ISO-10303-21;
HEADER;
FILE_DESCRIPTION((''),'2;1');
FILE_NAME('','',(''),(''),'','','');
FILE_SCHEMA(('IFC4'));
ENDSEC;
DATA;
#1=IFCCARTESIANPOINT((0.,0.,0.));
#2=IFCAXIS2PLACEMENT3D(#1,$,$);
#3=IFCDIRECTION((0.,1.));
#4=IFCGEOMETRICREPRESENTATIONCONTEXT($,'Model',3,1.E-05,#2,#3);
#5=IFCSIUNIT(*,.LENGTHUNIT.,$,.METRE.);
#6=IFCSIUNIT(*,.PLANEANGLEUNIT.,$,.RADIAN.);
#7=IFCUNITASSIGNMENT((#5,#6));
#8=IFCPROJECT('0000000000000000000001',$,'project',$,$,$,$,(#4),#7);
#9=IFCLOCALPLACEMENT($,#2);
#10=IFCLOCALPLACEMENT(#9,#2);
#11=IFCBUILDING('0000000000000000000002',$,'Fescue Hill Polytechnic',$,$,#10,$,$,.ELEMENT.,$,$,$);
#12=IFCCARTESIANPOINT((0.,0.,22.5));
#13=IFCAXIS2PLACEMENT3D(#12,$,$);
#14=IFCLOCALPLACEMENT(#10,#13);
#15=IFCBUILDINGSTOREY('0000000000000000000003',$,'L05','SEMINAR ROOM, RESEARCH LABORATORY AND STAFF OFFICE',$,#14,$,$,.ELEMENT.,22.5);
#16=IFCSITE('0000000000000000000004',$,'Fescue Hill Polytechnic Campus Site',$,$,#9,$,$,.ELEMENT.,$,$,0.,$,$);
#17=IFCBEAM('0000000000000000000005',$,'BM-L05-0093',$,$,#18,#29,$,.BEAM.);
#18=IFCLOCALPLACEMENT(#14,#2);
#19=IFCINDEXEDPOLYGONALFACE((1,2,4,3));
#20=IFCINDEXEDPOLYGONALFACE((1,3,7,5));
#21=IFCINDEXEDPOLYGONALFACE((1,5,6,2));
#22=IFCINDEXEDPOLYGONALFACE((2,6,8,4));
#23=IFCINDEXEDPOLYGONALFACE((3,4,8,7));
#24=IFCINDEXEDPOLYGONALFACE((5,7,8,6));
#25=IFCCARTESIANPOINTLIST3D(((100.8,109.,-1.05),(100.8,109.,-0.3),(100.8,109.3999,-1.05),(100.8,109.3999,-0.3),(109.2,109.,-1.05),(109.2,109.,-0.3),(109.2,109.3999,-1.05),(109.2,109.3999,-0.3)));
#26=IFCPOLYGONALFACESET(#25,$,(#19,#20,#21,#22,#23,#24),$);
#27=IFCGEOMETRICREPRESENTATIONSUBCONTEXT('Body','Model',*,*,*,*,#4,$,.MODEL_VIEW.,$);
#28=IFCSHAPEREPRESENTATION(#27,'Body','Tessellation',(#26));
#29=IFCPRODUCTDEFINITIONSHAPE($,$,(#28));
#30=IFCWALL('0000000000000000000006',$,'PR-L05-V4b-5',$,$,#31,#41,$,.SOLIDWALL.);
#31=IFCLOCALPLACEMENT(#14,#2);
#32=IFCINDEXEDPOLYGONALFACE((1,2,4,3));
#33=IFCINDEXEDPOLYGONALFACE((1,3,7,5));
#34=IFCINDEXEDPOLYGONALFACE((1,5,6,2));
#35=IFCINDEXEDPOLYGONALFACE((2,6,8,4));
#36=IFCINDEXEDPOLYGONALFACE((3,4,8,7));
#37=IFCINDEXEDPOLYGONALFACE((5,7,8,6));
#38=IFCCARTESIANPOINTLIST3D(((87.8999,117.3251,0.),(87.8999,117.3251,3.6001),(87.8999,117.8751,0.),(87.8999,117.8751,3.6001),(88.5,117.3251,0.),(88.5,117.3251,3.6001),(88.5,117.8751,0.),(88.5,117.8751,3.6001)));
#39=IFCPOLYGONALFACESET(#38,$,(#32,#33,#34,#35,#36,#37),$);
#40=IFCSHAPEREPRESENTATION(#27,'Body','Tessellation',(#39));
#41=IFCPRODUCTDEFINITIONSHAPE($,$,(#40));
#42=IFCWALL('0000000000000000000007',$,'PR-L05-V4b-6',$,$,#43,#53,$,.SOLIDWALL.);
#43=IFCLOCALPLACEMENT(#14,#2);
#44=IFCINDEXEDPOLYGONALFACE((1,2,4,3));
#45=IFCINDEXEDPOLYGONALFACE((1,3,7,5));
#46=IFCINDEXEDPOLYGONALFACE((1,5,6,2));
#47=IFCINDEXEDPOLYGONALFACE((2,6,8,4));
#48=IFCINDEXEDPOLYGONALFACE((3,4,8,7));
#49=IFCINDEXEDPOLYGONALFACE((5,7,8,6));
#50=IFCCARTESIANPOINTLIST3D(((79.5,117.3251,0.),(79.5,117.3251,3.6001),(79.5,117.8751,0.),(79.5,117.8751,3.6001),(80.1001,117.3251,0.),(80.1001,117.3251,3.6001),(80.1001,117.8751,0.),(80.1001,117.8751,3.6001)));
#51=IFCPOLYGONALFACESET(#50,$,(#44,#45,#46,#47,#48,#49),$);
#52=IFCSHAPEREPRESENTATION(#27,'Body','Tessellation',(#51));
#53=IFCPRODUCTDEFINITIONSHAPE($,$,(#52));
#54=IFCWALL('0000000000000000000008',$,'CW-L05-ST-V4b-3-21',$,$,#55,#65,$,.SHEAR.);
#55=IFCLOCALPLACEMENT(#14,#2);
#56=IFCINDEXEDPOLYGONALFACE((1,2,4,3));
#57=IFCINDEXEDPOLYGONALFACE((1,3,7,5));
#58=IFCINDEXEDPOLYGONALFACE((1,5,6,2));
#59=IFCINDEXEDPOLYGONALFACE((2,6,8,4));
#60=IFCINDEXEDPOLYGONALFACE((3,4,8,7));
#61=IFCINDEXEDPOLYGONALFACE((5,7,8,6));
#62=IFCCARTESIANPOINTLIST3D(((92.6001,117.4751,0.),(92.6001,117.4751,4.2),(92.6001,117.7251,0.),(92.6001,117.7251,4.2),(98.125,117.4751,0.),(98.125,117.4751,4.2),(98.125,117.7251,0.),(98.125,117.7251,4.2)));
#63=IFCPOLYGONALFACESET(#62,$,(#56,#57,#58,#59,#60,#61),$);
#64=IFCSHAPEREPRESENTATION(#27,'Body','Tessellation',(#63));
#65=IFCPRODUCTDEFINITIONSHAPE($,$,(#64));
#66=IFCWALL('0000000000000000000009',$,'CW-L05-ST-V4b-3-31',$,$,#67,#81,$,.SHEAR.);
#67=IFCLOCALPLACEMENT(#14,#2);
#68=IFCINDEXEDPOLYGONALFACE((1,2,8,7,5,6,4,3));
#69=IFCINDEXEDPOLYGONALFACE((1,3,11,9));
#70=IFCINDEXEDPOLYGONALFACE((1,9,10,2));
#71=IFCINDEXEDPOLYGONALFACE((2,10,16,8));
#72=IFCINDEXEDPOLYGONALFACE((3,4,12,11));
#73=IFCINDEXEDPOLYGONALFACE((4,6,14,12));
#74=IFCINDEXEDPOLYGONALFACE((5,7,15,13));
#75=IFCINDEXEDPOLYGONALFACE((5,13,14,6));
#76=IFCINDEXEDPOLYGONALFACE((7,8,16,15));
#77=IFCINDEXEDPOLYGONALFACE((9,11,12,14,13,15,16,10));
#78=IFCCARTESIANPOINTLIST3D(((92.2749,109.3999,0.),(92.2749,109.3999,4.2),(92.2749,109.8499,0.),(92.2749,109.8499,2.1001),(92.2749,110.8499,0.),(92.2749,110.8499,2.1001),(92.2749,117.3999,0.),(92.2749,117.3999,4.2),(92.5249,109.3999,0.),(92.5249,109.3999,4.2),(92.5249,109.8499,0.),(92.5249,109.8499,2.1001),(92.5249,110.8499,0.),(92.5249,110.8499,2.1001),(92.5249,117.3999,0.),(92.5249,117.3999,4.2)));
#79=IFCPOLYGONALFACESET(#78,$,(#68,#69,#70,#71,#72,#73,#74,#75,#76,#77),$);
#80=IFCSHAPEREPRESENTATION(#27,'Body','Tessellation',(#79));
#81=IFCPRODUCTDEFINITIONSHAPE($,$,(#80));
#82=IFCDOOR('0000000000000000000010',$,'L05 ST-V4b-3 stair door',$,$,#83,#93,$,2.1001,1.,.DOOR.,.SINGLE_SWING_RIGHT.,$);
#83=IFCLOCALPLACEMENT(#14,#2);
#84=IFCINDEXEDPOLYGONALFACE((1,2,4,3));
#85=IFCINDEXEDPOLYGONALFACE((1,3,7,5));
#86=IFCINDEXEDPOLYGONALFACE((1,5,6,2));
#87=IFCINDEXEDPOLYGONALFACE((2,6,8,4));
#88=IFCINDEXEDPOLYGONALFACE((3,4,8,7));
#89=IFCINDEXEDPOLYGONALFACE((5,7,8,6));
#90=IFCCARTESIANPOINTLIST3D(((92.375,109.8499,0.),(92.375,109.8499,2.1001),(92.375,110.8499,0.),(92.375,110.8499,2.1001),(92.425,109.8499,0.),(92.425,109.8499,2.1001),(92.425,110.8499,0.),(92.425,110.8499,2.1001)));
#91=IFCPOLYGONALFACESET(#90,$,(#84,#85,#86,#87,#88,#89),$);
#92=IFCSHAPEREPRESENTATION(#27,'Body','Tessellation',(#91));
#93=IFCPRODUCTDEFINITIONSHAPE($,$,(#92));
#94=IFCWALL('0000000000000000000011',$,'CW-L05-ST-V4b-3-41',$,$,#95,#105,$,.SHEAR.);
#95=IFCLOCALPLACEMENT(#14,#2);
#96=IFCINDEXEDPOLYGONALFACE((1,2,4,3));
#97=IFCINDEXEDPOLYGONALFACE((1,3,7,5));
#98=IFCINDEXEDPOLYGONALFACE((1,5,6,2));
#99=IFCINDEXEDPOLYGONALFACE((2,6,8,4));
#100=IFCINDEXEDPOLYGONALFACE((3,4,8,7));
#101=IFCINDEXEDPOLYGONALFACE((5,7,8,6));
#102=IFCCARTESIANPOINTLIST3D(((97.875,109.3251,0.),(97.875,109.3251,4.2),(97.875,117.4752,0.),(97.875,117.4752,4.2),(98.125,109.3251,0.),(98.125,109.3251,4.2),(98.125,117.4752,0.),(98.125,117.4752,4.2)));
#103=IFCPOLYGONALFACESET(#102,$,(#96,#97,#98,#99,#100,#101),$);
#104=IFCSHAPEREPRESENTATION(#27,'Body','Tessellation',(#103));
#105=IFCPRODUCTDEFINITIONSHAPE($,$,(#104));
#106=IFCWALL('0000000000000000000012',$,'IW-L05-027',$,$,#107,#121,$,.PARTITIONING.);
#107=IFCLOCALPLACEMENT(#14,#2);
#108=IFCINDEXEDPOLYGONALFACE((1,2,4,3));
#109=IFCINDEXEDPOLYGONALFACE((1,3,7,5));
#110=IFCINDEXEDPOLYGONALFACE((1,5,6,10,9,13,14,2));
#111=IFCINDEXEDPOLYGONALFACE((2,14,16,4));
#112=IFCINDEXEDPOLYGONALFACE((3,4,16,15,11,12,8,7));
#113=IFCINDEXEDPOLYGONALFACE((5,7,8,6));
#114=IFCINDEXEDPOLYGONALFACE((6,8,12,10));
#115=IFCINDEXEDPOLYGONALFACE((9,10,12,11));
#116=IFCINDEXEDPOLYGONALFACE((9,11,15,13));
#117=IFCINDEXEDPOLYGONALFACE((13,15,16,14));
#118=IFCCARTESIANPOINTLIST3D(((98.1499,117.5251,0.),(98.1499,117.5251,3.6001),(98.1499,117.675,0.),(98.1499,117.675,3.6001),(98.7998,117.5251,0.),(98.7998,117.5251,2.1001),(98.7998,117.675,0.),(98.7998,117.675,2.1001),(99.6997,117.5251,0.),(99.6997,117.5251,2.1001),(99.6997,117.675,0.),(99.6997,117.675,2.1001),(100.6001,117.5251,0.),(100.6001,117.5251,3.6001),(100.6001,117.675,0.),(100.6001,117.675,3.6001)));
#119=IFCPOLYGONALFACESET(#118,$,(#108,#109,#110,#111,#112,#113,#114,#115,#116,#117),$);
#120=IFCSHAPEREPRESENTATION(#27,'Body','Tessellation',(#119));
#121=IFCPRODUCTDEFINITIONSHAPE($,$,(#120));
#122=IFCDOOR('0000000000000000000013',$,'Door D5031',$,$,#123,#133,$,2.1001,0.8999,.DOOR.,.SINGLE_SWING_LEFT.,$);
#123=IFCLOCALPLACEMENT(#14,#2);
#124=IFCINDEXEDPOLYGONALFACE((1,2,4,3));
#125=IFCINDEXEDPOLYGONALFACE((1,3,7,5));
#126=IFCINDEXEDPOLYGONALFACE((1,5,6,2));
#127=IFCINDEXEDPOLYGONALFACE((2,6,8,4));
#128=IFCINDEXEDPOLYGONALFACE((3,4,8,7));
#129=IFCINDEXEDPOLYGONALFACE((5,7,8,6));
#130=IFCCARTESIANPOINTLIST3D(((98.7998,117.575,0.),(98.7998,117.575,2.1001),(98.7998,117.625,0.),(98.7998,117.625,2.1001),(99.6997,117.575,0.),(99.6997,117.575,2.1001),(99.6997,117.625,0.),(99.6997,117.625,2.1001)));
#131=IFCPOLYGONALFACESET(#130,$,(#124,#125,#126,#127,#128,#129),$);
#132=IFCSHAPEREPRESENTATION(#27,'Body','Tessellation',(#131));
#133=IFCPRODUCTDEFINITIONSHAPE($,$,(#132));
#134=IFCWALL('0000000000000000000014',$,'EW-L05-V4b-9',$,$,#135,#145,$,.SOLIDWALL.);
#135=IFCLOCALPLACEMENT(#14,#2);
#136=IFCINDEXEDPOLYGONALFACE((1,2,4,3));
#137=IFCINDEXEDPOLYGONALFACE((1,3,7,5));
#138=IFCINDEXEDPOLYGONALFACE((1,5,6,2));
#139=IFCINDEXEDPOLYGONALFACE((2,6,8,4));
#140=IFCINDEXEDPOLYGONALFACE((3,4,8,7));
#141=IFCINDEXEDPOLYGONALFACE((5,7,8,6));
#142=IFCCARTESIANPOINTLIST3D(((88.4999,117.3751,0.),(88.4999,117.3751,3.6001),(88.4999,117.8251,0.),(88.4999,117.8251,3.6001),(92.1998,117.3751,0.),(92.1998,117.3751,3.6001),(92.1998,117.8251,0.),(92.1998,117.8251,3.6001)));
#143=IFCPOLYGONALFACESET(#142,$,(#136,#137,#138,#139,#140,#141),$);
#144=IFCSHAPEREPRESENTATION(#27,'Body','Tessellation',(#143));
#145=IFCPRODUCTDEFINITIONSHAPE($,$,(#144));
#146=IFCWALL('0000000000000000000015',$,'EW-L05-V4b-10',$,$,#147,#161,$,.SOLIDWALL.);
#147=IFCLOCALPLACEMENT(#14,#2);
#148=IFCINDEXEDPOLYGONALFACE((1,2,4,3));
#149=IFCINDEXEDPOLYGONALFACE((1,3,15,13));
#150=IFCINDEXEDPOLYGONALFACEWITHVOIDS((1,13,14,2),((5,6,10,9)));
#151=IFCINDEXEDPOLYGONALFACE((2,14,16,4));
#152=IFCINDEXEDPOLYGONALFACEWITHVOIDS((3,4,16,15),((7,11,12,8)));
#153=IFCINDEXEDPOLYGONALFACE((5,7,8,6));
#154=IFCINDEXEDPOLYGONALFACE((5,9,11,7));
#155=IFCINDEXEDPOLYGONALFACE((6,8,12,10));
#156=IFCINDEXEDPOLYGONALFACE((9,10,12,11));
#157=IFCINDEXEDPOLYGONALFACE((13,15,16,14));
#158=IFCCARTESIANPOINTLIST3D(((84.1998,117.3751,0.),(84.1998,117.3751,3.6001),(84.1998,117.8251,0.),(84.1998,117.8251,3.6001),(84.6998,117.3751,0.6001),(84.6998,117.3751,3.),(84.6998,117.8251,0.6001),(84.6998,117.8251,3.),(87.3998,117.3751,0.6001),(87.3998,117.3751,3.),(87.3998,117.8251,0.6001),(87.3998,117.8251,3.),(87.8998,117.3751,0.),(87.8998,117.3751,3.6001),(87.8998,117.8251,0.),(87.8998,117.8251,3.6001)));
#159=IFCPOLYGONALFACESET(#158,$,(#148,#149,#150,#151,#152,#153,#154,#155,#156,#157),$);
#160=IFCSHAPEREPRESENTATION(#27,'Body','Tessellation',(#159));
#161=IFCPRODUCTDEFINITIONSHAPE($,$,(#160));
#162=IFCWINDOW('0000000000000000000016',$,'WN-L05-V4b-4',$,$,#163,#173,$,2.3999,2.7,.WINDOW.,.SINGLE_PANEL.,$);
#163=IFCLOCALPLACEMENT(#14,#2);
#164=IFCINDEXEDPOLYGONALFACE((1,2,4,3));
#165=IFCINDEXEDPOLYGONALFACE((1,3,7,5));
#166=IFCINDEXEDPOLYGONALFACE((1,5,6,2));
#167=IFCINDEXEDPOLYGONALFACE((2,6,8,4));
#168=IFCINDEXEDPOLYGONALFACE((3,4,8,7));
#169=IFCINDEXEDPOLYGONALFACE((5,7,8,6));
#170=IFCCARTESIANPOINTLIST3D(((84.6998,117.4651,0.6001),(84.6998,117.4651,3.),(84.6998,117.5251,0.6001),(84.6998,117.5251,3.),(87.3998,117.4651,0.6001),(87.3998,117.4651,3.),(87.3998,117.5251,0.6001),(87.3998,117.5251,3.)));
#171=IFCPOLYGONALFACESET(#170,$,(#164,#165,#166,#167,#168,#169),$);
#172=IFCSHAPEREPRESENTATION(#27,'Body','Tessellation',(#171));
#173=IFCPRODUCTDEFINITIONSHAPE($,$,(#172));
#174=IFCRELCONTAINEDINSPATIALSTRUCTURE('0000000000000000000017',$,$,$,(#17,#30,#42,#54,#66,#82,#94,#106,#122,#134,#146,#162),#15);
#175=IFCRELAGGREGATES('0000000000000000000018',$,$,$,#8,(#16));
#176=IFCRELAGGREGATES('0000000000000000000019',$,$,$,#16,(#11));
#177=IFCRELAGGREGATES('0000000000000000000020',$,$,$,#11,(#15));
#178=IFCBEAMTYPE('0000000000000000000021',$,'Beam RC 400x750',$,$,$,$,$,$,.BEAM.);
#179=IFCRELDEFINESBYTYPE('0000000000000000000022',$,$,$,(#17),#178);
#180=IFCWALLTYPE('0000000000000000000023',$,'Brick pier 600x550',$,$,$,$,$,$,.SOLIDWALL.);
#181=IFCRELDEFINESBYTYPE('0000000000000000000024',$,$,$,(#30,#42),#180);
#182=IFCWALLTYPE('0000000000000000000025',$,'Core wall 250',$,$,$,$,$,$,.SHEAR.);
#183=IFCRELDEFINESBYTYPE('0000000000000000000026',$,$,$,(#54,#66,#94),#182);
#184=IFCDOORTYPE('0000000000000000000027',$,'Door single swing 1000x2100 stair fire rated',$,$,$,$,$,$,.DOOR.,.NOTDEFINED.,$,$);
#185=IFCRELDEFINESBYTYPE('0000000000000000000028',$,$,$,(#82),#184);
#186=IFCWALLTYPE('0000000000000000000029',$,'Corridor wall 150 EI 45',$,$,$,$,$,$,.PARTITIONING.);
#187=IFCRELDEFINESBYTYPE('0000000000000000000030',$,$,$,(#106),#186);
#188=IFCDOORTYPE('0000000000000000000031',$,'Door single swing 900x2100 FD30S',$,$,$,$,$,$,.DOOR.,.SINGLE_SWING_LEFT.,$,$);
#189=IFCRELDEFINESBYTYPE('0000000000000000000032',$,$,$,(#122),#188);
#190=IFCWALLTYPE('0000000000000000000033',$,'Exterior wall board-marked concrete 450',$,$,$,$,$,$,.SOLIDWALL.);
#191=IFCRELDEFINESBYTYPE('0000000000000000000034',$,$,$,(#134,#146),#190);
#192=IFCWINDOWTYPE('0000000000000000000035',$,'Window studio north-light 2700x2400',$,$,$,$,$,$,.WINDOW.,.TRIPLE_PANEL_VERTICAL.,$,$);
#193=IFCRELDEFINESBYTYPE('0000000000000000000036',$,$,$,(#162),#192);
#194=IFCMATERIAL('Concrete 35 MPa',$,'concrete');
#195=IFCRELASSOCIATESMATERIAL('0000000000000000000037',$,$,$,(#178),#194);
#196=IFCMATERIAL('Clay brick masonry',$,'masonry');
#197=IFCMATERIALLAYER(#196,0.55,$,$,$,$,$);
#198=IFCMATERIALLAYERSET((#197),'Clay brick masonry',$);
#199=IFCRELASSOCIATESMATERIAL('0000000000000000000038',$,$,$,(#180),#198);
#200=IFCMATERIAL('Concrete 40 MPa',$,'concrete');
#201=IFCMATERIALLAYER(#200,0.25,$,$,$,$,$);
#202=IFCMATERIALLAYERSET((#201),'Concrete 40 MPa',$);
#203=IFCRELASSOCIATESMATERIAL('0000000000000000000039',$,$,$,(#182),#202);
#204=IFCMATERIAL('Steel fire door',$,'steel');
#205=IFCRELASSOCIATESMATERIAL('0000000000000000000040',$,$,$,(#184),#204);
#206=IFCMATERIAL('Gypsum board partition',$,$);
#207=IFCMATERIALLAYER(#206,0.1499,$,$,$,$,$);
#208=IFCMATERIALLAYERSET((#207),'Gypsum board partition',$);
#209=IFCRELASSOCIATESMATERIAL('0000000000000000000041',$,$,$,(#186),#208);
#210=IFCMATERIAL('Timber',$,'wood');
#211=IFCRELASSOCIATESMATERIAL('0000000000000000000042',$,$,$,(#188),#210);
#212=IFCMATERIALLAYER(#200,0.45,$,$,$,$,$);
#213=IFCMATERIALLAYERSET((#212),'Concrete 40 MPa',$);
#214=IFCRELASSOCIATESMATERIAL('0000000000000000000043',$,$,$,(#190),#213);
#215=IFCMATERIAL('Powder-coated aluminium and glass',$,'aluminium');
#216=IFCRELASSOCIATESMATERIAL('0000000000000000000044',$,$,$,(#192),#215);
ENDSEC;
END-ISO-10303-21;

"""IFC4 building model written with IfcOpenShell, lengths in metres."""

from ifc_helpers import new_model, si_unit, direction, frame, frame_2d, origin, origin_2d, place, context, subcontext, project, spatial, rectangle, extrude, material, layer, layer_set, material_profile, profile_set, type_object, element, fill, save


model = new_model("IFC4")

# Units and contexts
model_context = context("Model", 3, precision=1e-05, world=origin(), true_north=direction((0.0, 1.0)))
body_context = subcontext(model_context, "Body", "Model", "MODEL_VIEW")
ifc_project = project(units=[si_unit("LENGTHUNIT", "METRE"), si_unit("PLANEANGLEUNIT", "RADIAN")], contexts=[model_context])

# Site, building, storey
site_placement = place(None, origin())
site = spatial("IfcSite", under=ifc_project, at=site_placement, Name="Fescue Hill Polytechnic Campus Site", CompositionType="ELEMENT", RefElevation=0.0)
building_placement = place(site_placement, origin())
building = spatial("IfcBuilding", under=site, at=building_placement, Name="Fescue Hill Polytechnic", CompositionType="ELEMENT")
storey_placement = place(building_placement, frame((0.0, 0.0, 22.5)))
storey = spatial("IfcBuildingStorey", under=building, at=storey_placement, Name="L05", Description="SEMINAR ROOM, RESEARCH LABORATORY AND STAFF OFFICE", CompositionType="ELEMENT", Elevation=22.5)

# Shared definitions
ifc_material_1 = material(Name="Concrete 40 MPa", Category="concrete")

# Beam
ifc_material_2 = material(Name="Concrete 35 MPa", Category="concrete")
ifc_material_profile_1 = material_profile(ifc_material_2, rectangle(XDim=0.3999, YDim=0.75, at=origin_2d()), Name="RC 400x750")
ifc_profile_set_1 = profile_set([ifc_material_profile_1], Name="Concrete 35 MPa")
beam_type_1 = type_object("IfcBeamType", Name="Beam RC 400x750", PredefinedType="BEAM", material=ifc_profile_set_1)
beam_1_placement = place(storey_placement, frame((100.8, 109.2, -0.675), z_axis=(1.0, 0.0, 0.0), x_axis=(0.0, 1.0, 0.0)))
element("IfcBeam", 1, at=beam_1_placement, inside=storey, type_object=beam_type_1, Name="BM-L05-0093", PredefinedType="BEAM", context=body_context, shape_type="SweptSolid", body=[
    extrude(rectangle(XDim=0.3999, YDim=0.75, at=origin_2d()), origin(), (0.0, 0.0, 1.0), 8.3999),
])

# Walls
ifc_material_3 = material(Name="Clay brick masonry", Category="masonry")
ifc_layer_1 = layer(ifc_material_3, 0.55)
ifc_layer_set_1 = layer_set([ifc_layer_1], Name="Clay brick masonry")
wall_type_1 = type_object("IfcWallType", Name="Brick pier 600x550", PredefinedType="SOLIDWALL", material=ifc_layer_set_1)
for number, where, z_axis, x_axis, name in (
    (2, (88.5, 117.6001, 0.0), (0.0, 0.0, 1.0), (-1.0, 0.0, 0.0), "PR-L05-V4b-5"),
    (3, (80.1001, 117.6001, 0.0), (0.0, 0.0, 1.0), (-1.0, 0.0, 0.0), "PR-L05-V4b-6"),
):
    element("IfcWall", number, at=place(storey_placement, frame(where, z_axis=z_axis, x_axis=x_axis)), inside=storey, type_object=wall_type_1, Name=name, PredefinedType="SOLIDWALL", context=body_context, shape_type="SweptSolid", body=[
        extrude(rectangle(XDim=0.6001, YDim=0.55, at=frame_2d((0.3, 0.0))), origin(), (0.0, 0.0, 1.0), 3.6001),
    ])
ifc_layer_2 = layer(ifc_material_1, 0.25)
ifc_layer_set_2 = layer_set([ifc_layer_2], Name="Concrete 40 MPa")
wall_type_2 = type_object("IfcWallType", Name="Core wall 250", PredefinedType="SHEAR", material=ifc_layer_set_2)
wall_1_placement = place(storey_placement, frame((92.6001, 117.6001, 0.0), z_axis=(0.0, 0.0, 1.0), x_axis=(1.0, 0.0, 0.0)))
element("IfcWall", 4, at=wall_1_placement, inside=storey, type_object=wall_type_2, Name="CW-L05-ST-V4b-3-21", PredefinedType="SHEAR", context=body_context, shape_type="SweptSolid", body=[
    extrude(rectangle(XDim=5.5249, YDim=0.25, at=frame_2d((2.7625, 0.0))), origin(), (0.0, 0.0, 1.0), 4.2),
])

# Wall, opening, door
wall_2_placement = place(storey_placement, frame((92.3999, 109.3999, 0.0), z_axis=(0.0, 0.0, 1.0), x_axis=(0.0, 1.0, 0.0)))
wall_2 = element("IfcWall", 5, at=wall_2_placement, inside=storey, type_object=wall_type_2, Name="CW-L05-ST-V4b-3-31", PredefinedType="SHEAR", context=body_context, shape_type="SweptSolid", body=[
    extrude(rectangle(XDim=8.0, YDim=0.25, at=frame_2d((4.0, 0.0))), origin(), (0.0, 0.0, 1.0), 4.2),
])
opening_1_placement = place(wall_2_placement, frame((0.45, 0.0, 0.0)))
opening_1 = element("IfcOpeningElement", 6, at=opening_1_placement, cuts=wall_2, PredefinedType="OPENING", context=body_context, shape_type="SweptSolid", body=[
    extrude(rectangle(XDim=1.0, YDim=2.1001, at=frame_2d((0.5, 1.05))), frame((0.0, 0.135, 0.0), z_axis=(0.0, -1.0, 0.0), x_axis=(1.0, 0.0, 0.0)), (0.0, 0.0, 1.0), 0.27),
])
ifc_material_4 = material(Name="Steel fire door", Category="steel")
door_type_1 = type_object("IfcDoorType", Name="Door single swing 1000x2100 stair fire rated", OperationType="NOTDEFINED", PredefinedType="DOOR", material=ifc_material_4)
door_1_placement = place(opening_1_placement, origin())
door_1 = element("IfcDoor", 7, at=door_1_placement, inside=storey, type_object=door_type_1, Name="L05 ST-V4b-3 stair door", OperationType="SINGLE_SWING_RIGHT", OverallHeight=2.1001, OverallWidth=1.0, PredefinedType="DOOR", context=body_context, shape_type="SweptSolid", body=[
    extrude(rectangle(XDim=1.0, YDim=2.1001, at=frame_2d((0.5, 1.05))), frame((0.0, 0.0249, 0.0), z_axis=(0.0, -1.0, 0.0), x_axis=(1.0, 0.0, 0.0)), (0.0, 0.0, 1.0), 0.05),
])
fill(opening_1, door_1)

# Wall
wall_3_placement = place(storey_placement, frame((98.0, 109.325, 0.0), z_axis=(0.0, 0.0, 1.0), x_axis=(0.0, 1.0, 0.0)))
element("IfcWall", 8, at=wall_3_placement, inside=storey, type_object=wall_type_2, Name="CW-L05-ST-V4b-3-41", PredefinedType="SHEAR", context=body_context, shape_type="SweptSolid", body=[
    extrude(rectangle(XDim=8.1501, YDim=0.25, at=frame_2d((4.0752, 0.0))), origin(), (0.0, 0.0, 1.0), 4.2),
])

# Wall, opening, door
ifc_material_5 = material(Name="Gypsum board partition")
ifc_layer_3 = layer(ifc_material_5, 0.1499)
ifc_layer_set_3 = layer_set([ifc_layer_3], Name="Gypsum board partition")
wall_type_3 = type_object("IfcWallType", Name="Corridor wall 150 EI 45", PredefinedType="PARTITIONING", material=ifc_layer_set_3)
wall_4_placement = place(storey_placement, frame((98.1499, 117.6001, 0.0), z_axis=(0.0, 0.0, 1.0), x_axis=(1.0, 0.0, 0.0)))
wall_4 = element("IfcWall", 9, at=wall_4_placement, inside=storey, type_object=wall_type_3, Name="IW-L05-027", PredefinedType="PARTITIONING", context=body_context, shape_type="SweptSolid", body=[
    extrude(rectangle(XDim=2.4502, YDim=0.1499, at=frame_2d((1.2251, 0.0))), origin(), (0.0, 0.0, 1.0), 3.6001),
])
opening_2_placement = place(wall_4_placement, frame((0.6499, 0.0, 0.0)))
opening_2 = element("IfcOpeningElement", 10, at=opening_2_placement, cuts=wall_4, PredefinedType="OPENING", context=body_context, shape_type="SweptSolid", body=[
    extrude(rectangle(XDim=0.8999, YDim=2.1001, at=frame_2d((0.45, 1.05))), frame((0.0, 0.085, 0.0), z_axis=(0.0, -1.0, 0.0), x_axis=(1.0, 0.0, 0.0)), (0.0, 0.0, 1.0), 0.1699),
])
ifc_material_6 = material(Name="Timber", Category="wood")
door_type_2 = type_object("IfcDoorType", Name="Door single swing 900x2100 FD30S", OperationType="SINGLE_SWING_LEFT", PredefinedType="DOOR", material=ifc_material_6)
door_2_placement = place(opening_2_placement, origin())
door_2 = element("IfcDoor", 11, at=door_2_placement, inside=storey, type_object=door_type_2, Name="Door D5031", OperationType="SINGLE_SWING_LEFT", OverallHeight=2.1001, OverallWidth=0.8999, PredefinedType="DOOR", context=body_context, shape_type="SweptSolid", body=[
    extrude(rectangle(XDim=0.8999, YDim=2.1001, at=frame_2d((0.45, 1.05))), frame((0.0, 0.0249, 0.0), z_axis=(0.0, -1.0, 0.0), x_axis=(1.0, 0.0, 0.0)), (0.0, 0.0, 1.0), 0.05),
])
fill(opening_2, door_2)

# Wall
ifc_layer_4 = layer(ifc_material_1, 0.45)
ifc_layer_set_4 = layer_set([ifc_layer_4], Name="Concrete 40 MPa")
wall_type_4 = type_object("IfcWallType", Name="Exterior wall board-marked concrete 450", PredefinedType="SOLIDWALL", material=ifc_layer_set_4)
wall_5_placement = place(storey_placement, frame((92.2, 117.6001, 0.0), z_axis=(0.0, 0.0, 1.0), x_axis=(-1.0, 0.0, 0.0)))
element("IfcWall", 12, at=wall_5_placement, inside=storey, type_object=wall_type_4, Name="EW-L05-V4b-9", PredefinedType="SOLIDWALL", context=body_context, shape_type="SweptSolid", body=[
    extrude(rectangle(XDim=3.7, YDim=0.45, at=frame_2d((1.8501, 0.0))), origin(), (0.0, 0.0, 1.0), 3.6001),
])

# Wall, opening, window
wall_6_placement = place(storey_placement, frame((87.8999, 117.6001, 0.0), z_axis=(0.0, 0.0, 1.0), x_axis=(-1.0, 0.0, 0.0)))
wall_6 = element("IfcWall", 13, at=wall_6_placement, inside=storey, type_object=wall_type_4, Name="EW-L05-V4b-10", PredefinedType="SOLIDWALL", context=body_context, shape_type="SweptSolid", body=[
    extrude(rectangle(XDim=3.7, YDim=0.45, at=frame_2d((1.8501, 0.0))), origin(), (0.0, 0.0, 1.0), 3.6001),
])
opening_3_placement = place(wall_6_placement, frame((0.5, 0.0, 0.6001)))
opening_3 = element("IfcOpeningElement", 14, at=opening_3_placement, cuts=wall_6, PredefinedType="OPENING", context=body_context, shape_type="SweptSolid", body=[
    extrude(rectangle(XDim=2.7, YDim=2.3999, at=frame_2d((1.3501, 1.2))), frame((0.0, 0.2349, 0.0), z_axis=(0.0, -1.0, 0.0), x_axis=(1.0, 0.0, 0.0)), (0.0, 0.0, 1.0), 0.47),
])
ifc_material_7 = material(Name="Powder-coated aluminium and glass", Category="aluminium")
window_type = type_object("IfcWindowType", Name="Window studio north-light 2700x2400", PartitioningType="TRIPLE_PANEL_VERTICAL", PredefinedType="WINDOW", material=ifc_material_7)
window_1_placement = place(opening_3_placement, origin())
window_1 = element("IfcWindow", 15, at=window_1_placement, inside=storey, type_object=window_type, Name="WN-L05-V4b-4", OverallHeight=2.3999, OverallWidth=2.7, PartitioningType="SINGLE_PANEL", PredefinedType="WINDOW", context=body_context, shape_type="SweptSolid", body=[
    extrude(rectangle(XDim=2.7, YDim=2.3999, at=frame_2d((1.3501, 1.2))), frame((0.0, 0.135, 0.0), z_axis=(0.0, -1.0, 0.0), x_axis=(1.0, 0.0, 0.0)), (0.0, 0.0, 1.0), 0.0601),
])
fill(opening_3, window_1)

save(model, "model.ifc")
